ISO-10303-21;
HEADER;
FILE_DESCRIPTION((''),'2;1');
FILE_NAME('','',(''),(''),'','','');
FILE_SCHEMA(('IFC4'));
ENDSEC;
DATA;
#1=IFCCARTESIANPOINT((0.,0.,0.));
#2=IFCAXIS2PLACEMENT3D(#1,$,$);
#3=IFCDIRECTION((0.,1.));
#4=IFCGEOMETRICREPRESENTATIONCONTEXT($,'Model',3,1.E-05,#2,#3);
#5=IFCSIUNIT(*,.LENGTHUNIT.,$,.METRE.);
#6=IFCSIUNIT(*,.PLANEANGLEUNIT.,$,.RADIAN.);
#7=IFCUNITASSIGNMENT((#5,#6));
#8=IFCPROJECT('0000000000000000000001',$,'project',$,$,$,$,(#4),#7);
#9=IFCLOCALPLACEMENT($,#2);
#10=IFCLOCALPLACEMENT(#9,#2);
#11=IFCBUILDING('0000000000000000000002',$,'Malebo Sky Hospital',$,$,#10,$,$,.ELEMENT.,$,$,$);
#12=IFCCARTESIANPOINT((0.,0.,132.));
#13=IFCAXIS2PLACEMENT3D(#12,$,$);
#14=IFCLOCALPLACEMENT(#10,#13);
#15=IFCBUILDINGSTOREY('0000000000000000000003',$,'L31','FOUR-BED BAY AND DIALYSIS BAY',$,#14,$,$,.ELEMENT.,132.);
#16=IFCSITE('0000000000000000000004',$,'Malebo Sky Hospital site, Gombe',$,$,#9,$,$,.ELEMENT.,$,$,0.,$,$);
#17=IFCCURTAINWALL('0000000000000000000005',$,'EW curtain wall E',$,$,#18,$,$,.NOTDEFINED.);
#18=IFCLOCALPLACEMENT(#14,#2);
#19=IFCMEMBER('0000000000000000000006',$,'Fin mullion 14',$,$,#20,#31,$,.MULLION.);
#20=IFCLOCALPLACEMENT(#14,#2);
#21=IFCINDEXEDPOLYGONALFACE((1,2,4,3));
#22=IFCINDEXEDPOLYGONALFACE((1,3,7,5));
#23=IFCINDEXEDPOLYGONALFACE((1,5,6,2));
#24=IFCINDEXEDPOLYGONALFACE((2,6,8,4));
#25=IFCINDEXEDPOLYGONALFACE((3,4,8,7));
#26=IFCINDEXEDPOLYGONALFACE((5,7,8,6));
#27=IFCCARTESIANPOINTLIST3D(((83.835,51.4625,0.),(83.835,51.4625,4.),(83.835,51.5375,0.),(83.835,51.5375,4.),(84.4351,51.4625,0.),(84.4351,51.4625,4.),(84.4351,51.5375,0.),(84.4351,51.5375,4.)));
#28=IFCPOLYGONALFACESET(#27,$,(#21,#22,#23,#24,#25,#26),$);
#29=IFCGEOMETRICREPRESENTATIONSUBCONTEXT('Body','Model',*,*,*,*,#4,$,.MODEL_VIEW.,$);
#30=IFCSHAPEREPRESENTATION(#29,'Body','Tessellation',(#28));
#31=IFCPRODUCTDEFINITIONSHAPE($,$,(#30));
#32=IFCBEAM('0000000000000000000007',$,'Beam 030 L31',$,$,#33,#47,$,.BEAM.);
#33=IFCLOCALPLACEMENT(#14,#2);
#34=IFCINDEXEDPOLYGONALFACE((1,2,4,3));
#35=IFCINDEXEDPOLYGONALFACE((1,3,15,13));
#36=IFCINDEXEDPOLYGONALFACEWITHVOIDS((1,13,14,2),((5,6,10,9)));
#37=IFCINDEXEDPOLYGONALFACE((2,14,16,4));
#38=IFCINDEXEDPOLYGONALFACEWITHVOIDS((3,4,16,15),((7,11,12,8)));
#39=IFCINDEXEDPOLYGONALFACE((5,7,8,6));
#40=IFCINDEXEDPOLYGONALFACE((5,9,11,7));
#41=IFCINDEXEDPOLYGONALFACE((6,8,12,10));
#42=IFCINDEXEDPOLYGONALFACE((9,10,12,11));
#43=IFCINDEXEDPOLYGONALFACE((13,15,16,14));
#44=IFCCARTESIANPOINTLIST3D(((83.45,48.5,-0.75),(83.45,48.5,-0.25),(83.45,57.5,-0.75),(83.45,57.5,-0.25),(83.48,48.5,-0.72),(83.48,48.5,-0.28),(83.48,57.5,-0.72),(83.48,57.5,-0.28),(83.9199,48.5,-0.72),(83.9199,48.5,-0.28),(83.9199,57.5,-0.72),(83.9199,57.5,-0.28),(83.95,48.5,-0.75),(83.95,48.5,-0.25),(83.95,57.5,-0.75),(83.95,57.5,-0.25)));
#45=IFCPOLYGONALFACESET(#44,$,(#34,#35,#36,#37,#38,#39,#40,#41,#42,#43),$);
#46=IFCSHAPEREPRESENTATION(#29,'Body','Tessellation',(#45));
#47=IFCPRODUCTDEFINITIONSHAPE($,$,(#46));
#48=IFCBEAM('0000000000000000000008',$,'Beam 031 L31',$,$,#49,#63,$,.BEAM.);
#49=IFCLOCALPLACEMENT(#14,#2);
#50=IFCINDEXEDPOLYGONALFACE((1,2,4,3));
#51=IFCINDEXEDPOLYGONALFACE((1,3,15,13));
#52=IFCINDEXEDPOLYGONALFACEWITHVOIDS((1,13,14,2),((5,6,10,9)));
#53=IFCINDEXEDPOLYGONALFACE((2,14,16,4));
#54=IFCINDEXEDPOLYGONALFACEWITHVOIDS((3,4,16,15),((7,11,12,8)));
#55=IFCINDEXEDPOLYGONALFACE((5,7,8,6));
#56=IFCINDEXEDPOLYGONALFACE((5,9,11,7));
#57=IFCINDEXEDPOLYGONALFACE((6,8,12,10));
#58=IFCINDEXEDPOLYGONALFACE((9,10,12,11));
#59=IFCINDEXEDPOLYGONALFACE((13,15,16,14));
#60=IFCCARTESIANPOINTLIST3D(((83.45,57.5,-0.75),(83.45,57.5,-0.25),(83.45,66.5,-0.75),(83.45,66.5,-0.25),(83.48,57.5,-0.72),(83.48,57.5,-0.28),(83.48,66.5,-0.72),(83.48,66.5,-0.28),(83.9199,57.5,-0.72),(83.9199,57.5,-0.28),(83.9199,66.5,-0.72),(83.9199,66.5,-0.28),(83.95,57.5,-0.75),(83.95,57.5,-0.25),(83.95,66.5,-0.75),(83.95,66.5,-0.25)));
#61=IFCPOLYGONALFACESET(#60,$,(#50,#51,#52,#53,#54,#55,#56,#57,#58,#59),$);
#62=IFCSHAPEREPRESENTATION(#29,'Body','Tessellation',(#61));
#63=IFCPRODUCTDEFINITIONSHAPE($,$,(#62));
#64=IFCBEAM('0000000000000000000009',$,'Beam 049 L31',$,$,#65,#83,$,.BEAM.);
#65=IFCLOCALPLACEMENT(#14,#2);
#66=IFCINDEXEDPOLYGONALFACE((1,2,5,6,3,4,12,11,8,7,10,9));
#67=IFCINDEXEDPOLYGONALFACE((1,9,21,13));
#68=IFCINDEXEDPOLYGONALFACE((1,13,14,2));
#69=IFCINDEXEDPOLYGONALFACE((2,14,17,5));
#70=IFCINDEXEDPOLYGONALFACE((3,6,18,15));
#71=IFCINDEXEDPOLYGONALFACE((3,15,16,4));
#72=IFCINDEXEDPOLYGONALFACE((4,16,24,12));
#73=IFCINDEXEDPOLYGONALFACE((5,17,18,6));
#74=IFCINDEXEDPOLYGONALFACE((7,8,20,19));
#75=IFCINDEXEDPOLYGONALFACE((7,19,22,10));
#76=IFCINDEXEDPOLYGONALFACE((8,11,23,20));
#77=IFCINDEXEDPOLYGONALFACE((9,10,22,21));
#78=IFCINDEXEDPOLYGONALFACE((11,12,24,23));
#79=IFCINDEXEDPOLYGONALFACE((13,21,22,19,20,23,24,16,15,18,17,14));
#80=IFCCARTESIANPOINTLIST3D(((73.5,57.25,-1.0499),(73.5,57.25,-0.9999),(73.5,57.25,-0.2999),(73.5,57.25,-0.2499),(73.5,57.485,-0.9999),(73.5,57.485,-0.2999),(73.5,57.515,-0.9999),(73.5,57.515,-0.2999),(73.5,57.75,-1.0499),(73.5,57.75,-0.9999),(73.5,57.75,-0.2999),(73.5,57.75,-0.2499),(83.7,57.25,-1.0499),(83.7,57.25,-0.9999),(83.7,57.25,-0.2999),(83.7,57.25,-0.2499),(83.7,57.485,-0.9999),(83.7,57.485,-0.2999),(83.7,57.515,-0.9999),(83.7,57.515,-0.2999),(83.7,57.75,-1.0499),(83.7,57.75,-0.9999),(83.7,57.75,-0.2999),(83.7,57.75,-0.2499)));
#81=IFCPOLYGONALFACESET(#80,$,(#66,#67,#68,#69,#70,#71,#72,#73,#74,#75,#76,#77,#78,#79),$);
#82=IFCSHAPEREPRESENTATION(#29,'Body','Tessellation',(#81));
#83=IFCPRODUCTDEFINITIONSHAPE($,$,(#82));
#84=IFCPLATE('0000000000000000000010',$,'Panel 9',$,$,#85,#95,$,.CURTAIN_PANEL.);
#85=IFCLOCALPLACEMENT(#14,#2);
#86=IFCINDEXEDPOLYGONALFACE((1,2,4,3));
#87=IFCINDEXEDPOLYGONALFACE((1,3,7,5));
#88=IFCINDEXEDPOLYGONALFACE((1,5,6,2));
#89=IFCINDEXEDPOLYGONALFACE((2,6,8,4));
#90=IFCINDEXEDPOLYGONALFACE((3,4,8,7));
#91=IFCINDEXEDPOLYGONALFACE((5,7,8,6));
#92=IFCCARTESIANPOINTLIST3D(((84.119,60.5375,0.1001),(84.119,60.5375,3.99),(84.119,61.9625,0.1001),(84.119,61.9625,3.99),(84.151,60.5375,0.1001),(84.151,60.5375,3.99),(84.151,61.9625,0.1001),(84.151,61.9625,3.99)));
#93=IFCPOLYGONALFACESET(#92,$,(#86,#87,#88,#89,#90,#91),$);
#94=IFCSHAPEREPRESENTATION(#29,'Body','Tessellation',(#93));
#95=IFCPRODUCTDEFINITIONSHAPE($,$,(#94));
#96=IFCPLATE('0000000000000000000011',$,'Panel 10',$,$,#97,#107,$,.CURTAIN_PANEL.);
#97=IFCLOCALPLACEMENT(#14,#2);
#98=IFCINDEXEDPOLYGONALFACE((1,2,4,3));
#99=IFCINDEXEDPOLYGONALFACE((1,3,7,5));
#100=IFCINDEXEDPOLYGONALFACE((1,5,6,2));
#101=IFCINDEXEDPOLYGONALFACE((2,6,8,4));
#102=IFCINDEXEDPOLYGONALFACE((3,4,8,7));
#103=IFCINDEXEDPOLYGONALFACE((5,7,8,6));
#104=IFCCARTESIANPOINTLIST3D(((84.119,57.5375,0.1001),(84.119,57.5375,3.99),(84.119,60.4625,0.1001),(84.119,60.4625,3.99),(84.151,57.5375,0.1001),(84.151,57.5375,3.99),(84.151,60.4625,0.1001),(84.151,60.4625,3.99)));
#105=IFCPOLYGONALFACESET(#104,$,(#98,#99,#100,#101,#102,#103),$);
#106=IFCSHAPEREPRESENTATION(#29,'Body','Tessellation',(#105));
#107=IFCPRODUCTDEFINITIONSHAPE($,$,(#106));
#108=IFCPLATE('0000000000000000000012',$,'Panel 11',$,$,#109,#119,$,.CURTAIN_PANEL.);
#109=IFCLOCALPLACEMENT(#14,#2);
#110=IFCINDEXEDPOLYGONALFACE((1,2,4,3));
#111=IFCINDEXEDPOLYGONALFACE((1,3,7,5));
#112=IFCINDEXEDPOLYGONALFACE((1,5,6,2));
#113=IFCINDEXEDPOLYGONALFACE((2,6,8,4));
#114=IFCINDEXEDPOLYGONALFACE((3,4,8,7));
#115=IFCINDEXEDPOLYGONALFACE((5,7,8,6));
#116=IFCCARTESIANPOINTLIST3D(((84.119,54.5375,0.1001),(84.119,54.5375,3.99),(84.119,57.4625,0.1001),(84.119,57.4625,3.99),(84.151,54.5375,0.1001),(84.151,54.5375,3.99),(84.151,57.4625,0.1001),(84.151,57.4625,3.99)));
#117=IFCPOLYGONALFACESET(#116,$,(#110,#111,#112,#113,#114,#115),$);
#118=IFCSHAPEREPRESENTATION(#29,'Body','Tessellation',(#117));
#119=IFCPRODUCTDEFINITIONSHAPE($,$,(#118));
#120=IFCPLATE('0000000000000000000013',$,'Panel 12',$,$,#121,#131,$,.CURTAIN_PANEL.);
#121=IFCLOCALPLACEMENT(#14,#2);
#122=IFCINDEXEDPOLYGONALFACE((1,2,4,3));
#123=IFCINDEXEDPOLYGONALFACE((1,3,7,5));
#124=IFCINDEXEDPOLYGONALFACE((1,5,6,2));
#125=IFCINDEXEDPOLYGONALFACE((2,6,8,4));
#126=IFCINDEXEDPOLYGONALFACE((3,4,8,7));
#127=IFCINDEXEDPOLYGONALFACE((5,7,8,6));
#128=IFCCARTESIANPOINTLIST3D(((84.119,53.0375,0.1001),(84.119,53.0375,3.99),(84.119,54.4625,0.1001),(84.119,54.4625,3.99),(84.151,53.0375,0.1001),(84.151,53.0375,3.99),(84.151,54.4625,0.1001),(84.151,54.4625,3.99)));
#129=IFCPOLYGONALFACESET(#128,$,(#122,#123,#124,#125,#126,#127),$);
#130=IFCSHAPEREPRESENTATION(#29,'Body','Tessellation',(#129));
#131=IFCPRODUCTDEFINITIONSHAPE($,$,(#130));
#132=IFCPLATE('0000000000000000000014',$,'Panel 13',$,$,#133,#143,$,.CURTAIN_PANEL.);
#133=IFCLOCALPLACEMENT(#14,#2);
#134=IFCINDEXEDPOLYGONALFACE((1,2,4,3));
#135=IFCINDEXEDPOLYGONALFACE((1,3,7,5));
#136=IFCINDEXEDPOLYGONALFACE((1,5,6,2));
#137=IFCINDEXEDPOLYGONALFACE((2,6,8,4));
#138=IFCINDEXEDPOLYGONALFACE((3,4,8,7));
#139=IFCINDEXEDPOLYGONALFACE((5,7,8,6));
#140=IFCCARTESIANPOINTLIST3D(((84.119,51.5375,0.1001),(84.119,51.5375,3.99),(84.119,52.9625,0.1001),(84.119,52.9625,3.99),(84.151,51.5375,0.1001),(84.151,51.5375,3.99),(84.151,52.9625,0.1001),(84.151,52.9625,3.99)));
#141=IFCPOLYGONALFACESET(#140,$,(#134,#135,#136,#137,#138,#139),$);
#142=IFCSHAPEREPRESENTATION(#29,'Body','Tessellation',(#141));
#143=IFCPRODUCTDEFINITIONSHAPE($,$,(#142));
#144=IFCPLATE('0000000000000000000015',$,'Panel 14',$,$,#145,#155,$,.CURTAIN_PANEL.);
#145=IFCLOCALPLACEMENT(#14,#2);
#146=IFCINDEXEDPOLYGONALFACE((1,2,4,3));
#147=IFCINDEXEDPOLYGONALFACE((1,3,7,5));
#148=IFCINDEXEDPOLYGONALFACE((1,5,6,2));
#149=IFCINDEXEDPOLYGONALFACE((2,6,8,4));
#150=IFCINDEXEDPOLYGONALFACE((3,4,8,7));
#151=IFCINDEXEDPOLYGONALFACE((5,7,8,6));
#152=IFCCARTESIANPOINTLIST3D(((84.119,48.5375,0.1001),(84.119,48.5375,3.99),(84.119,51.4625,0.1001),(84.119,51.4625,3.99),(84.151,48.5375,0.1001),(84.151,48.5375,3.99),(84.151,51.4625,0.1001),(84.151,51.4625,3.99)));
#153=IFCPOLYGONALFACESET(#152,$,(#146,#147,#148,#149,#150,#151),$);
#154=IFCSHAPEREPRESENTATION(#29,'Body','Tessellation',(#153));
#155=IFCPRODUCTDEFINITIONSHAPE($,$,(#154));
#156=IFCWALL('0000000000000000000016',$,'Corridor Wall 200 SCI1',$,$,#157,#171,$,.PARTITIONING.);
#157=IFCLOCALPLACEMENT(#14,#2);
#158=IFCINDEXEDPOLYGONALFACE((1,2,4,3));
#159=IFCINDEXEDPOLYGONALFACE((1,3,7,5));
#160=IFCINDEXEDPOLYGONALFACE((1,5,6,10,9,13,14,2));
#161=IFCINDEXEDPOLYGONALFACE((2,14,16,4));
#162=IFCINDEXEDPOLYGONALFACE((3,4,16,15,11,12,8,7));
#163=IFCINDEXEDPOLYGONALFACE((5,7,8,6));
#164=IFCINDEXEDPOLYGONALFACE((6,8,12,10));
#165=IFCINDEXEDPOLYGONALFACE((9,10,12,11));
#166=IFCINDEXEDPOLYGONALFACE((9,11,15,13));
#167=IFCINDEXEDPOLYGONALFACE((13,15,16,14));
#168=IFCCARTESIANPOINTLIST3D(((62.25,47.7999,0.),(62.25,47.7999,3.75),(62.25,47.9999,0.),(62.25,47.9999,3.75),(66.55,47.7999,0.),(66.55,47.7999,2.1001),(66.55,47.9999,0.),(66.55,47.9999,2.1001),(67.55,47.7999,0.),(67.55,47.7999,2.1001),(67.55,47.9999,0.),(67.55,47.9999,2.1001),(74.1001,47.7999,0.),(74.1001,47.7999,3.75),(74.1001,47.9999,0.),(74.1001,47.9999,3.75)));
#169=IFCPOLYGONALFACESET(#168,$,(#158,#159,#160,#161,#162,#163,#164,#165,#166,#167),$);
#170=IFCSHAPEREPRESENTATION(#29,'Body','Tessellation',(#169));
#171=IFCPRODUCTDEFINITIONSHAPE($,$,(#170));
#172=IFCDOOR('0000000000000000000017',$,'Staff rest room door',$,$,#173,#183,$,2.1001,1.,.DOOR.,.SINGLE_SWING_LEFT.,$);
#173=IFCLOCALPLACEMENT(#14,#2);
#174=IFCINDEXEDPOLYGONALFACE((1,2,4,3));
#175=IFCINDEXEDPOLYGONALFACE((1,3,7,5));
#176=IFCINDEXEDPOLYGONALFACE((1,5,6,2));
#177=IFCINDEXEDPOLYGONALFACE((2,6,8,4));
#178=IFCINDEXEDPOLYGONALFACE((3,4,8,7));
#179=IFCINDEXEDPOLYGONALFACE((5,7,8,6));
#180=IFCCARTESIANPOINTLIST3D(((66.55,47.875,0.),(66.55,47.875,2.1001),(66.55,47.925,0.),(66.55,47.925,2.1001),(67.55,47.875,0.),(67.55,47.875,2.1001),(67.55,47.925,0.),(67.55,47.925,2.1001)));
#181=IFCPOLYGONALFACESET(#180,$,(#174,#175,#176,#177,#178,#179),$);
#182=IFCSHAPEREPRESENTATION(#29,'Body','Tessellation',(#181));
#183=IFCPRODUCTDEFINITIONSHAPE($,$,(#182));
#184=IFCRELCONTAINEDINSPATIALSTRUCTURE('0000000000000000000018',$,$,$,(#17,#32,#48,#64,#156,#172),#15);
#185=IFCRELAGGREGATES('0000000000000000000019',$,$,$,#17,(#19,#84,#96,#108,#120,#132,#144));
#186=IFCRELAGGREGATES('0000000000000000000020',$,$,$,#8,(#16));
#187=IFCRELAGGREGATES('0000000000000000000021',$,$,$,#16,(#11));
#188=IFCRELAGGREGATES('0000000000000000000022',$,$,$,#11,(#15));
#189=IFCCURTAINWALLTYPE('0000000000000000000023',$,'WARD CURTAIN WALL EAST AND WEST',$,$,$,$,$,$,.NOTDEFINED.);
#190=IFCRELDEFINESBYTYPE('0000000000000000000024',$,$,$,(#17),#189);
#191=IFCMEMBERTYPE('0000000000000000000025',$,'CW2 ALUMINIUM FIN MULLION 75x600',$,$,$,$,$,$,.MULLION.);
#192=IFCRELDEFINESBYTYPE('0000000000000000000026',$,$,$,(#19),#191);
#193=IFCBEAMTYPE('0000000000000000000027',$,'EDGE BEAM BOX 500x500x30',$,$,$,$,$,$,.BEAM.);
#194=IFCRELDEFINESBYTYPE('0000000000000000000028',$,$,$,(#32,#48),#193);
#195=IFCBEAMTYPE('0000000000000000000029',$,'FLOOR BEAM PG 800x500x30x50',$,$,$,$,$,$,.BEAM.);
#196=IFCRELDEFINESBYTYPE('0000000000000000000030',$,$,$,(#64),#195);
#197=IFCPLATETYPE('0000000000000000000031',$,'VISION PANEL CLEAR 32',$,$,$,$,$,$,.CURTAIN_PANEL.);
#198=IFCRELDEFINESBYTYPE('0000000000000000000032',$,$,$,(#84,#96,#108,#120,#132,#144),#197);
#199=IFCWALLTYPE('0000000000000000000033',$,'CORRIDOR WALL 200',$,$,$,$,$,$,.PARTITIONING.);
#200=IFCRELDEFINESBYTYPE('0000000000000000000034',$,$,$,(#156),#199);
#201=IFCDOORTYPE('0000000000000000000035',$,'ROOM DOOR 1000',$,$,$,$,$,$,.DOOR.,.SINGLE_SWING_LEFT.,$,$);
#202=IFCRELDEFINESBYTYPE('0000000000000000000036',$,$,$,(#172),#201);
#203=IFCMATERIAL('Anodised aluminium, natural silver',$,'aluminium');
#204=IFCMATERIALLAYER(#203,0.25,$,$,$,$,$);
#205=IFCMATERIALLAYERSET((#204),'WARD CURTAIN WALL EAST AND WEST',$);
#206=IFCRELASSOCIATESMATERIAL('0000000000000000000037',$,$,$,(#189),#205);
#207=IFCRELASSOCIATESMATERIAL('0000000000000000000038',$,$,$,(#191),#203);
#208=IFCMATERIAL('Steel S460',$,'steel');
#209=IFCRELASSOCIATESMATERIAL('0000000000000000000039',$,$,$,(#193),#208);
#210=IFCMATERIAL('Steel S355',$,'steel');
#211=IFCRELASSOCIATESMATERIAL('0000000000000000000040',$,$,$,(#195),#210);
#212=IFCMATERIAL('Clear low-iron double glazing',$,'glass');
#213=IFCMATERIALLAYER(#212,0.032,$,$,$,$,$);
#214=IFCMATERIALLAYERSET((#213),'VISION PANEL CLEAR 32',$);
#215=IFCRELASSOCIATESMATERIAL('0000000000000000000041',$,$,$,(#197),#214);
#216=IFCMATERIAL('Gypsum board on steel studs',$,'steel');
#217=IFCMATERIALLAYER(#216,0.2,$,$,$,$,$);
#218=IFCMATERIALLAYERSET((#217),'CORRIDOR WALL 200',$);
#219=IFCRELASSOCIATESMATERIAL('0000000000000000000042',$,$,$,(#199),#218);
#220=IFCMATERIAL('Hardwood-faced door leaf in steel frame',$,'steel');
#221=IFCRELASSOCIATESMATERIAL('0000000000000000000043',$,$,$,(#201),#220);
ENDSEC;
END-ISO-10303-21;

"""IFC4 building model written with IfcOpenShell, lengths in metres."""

from ifc_helpers import new_model, si_unit, direction, frame, frame_2d, origin, origin_2d, place, context, subcontext, project, spatial, rectangle, hollow_rectangle, i_section, extrude, material, layer, layer_set, material_profile, profile_set, type_object, element, fill, aggregate, save


model = new_model("IFC4")

# Units and contexts
model_context = context("Model", 3, precision=1e-05, world=origin(), true_north=direction((0.0, 1.0)))
body_context = subcontext(model_context, "Body", "Model", "MODEL_VIEW")
ifc_project = project(units=[si_unit("LENGTHUNIT", "METRE"), si_unit("PLANEANGLEUNIT", "RADIAN")], contexts=[model_context])

# Site, building, storey
site_placement = place(None, origin())
site = spatial("IfcSite", under=ifc_project, at=site_placement, Name="Malebo Sky Hospital site, Gombe", CompositionType="ELEMENT", RefElevation=0.0)
building_placement = place(site_placement, origin())
building = spatial("IfcBuilding", under=site, at=building_placement, Name="Malebo Sky Hospital", CompositionType="ELEMENT")
storey_placement = place(building_placement, frame((0.0, 0.0, 132.0)))
storey = spatial("IfcBuildingStorey", under=building, at=storey_placement, Name="L31", Description="FOUR-BED BAY AND DIALYSIS BAY", CompositionType="ELEMENT", Elevation=132.0)

# Shared definitions
ifc_material_1 = material(Name="Steel S460", Category="steel")

# Curtain wall, member
ifc_material_2 = material(Name="Anodised aluminium, natural silver", Category="aluminium")
ifc_layer_1 = layer(ifc_material_2, 0.25)
ifc_layer_set_1 = layer_set([ifc_layer_1], Name="WARD CURTAIN WALL EAST AND WEST")
curtain_wall_type = type_object("IfcCurtainWallType", Name="WARD CURTAIN WALL EAST AND WEST", PredefinedType="NOTDEFINED", material=ifc_layer_set_1)
curtain_wall_placement = place(storey_placement, origin())
curtain_wall = element("IfcCurtainWall", 1, at=curtain_wall_placement, inside=storey, type_object=curtain_wall_type, Name="EW curtain wall E", PredefinedType="NOTDEFINED")
ifc_material_profile_1 = material_profile(ifc_material_2, rectangle(XDim=0.075, YDim=0.6001, at=origin_2d()), Name="CW2 ALUMINIUM FIN MULLION 75x600")
ifc_profile_set_1 = profile_set([ifc_material_profile_1], Name="Anodised aluminium, natural silver")
member_type_1 = type_object("IfcMemberType", Name="CW2 ALUMINIUM FIN MULLION 75x600", PredefinedType="MULLION", material=ifc_profile_set_1)
member_1_placement = place(storey_placement, frame((84.135, 51.5, 0.0), z_axis=(0.0, 0.0, 1.0), x_axis=(0.0, -1.0, 0.0)))
member_1 = element("IfcMember", 2, at=member_1_placement, type_object=member_type_1, Name="Fin mullion 14", PredefinedType="MULLION", context=body_context, shape_type="SweptSolid", body=[
    extrude(rectangle(XDim=0.075, YDim=0.6001, at=origin_2d()), origin(), (0.0, 0.0, 1.0), 4.0),
])

# Beams
ifc_material_profile_2 = material_profile(ifc_material_1, hollow_rectangle(XDim=0.5, YDim=0.5, WallThickness=0.03, at=origin_2d()), Name="BOX 500x500x30")
ifc_profile_set_2 = profile_set([ifc_material_profile_2], Name="Steel S460")
beam_type_1 = type_object("IfcBeamType", Name="EDGE BEAM BOX 500x500x30", PredefinedType="BEAM", material=ifc_profile_set_2)
for number, where, z_axis, x_axis, name in (
    (3, (83.7, 48.5, -0.5), (0.0, 1.0, 0.0), (-1.0, 0.0, 0.0), "Beam 030 L31"),
    (4, (83.7, 57.5, -0.5), (0.0, 1.0, 0.0), (-1.0, 0.0, 0.0), "Beam 031 L31"),
):
    element("IfcBeam", number, at=place(storey_placement, frame(where, z_axis=z_axis, x_axis=x_axis)), inside=storey, type_object=beam_type_1, Name=name, PredefinedType="BEAM", context=body_context, shape_type="SweptSolid", body=[
        extrude(hollow_rectangle(XDim=0.5, YDim=0.5, WallThickness=0.03, at=origin_2d()), origin(), (0.0, 0.0, 1.0), 9.0),
    ])
ifc_material_3 = material(Name="Steel S355", Category="steel")
ifc_material_profile_3 = material_profile(ifc_material_3, i_section(OverallWidth=0.5, OverallDepth=0.8, WebThickness=0.03, FlangeThickness=0.05, at=origin_2d()), Name="PG 800x500x30x50")
ifc_profile_set_3 = profile_set([ifc_material_profile_3], Name="Steel S355")
beam_type_2 = type_object("IfcBeamType", Name="FLOOR BEAM PG 800x500x30x50", PredefinedType="BEAM", material=ifc_profile_set_3)
beam_placement = place(storey_placement, frame((73.5, 57.5, -0.6499), z_axis=(1.0, 0.0, 0.0), x_axis=(0.0, 1.0, 0.0)))
element("IfcBeam", 5, at=beam_placement, inside=storey, type_object=beam_type_2, Name="Beam 049 L31", PredefinedType="BEAM", context=body_context, shape_type="SweptSolid", body=[
    extrude(i_section(OverallWidth=0.5, OverallDepth=0.8, WebThickness=0.03, FlangeThickness=0.05, at=origin_2d()), origin(), (0.0, 0.0, 1.0), 10.2),
])

# Plates
ifc_material_4 = material(Name="Clear low-iron double glazing", Category="glass")
ifc_layer_2 = layer(ifc_material_4, 0.032)
ifc_layer_set_2 = layer_set([ifc_layer_2], Name="VISION PANEL CLEAR 32")
plate_type = type_object("IfcPlateType", Name="VISION PANEL CLEAR 32", PredefinedType="CURTAIN_PANEL", material=ifc_layer_set_2)
plate_1_placement = place(storey_placement, frame((84.135, 61.25, 0.1001), z_axis=(0.0, 0.0, 1.0), x_axis=(0.0, -1.0, 0.0)))
plate_1 = element("IfcPlate", 6, at=plate_1_placement, type_object=plate_type, Name="Panel 9", PredefinedType="CURTAIN_PANEL", context=body_context, shape_type="SweptSolid", body=[
    extrude(rectangle(XDim=1.425, YDim=0.032, at=origin_2d()), origin(), (0.0, 0.0, 1.0), 3.8899),
])
plate_2_placement = place(storey_placement, frame((84.135, 59.0, 0.1001), z_axis=(0.0, 0.0, 1.0), x_axis=(0.0, -1.0, 0.0)))
plate_2 = element("IfcPlate", 7, at=plate_2_placement, type_object=plate_type, Name="Panel 10", PredefinedType="CURTAIN_PANEL", context=body_context, shape_type="SweptSolid", body=[
    extrude(rectangle(XDim=2.925, YDim=0.032, at=origin_2d()), origin(), (0.0, 0.0, 1.0), 3.8899),
])
plate_3_placement = place(storey_placement, frame((84.135, 56.0, 0.1001), z_axis=(0.0, 0.0, 1.0), x_axis=(0.0, -1.0, 0.0)))
plate_3 = element("IfcPlate", 8, at=plate_3_placement, type_object=plate_type, Name="Panel 11", PredefinedType="CURTAIN_PANEL", context=body_context, shape_type="SweptSolid", body=[
    extrude(rectangle(XDim=2.925, YDim=0.032, at=origin_2d()), origin(), (0.0, 0.0, 1.0), 3.8899),
])
plate_4_placement = place(storey_placement, frame((84.135, 53.75, 0.1001), z_axis=(0.0, 0.0, 1.0), x_axis=(0.0, -1.0, 0.0)))
plate_4 = element("IfcPlate", 9, at=plate_4_placement, type_object=plate_type, Name="Panel 12", PredefinedType="CURTAIN_PANEL", context=body_context, shape_type="SweptSolid", body=[
    extrude(rectangle(XDim=1.425, YDim=0.032, at=origin_2d()), origin(), (0.0, 0.0, 1.0), 3.8899),
])
plate_5_placement = place(storey_placement, frame((84.135, 52.25, 0.1001), z_axis=(0.0, 0.0, 1.0), x_axis=(0.0, -1.0, 0.0)))
plate_5 = element("IfcPlate", 10, at=plate_5_placement, type_object=plate_type, Name="Panel 13", PredefinedType="CURTAIN_PANEL", context=body_context, shape_type="SweptSolid", body=[
    extrude(rectangle(XDim=1.425, YDim=0.032, at=origin_2d()), origin(), (0.0, 0.0, 1.0), 3.8899),
])
plate_6_placement = place(storey_placement, frame((84.135, 50.0, 0.1001), z_axis=(0.0, 0.0, 1.0), x_axis=(0.0, -1.0, 0.0)))
plate_6 = element("IfcPlate", 11, at=plate_6_placement, type_object=plate_type, Name="Panel 14", PredefinedType="CURTAIN_PANEL", context=body_context, shape_type="SweptSolid", body=[
    extrude(rectangle(XDim=2.925, YDim=0.032, at=origin_2d()), origin(), (0.0, 0.0, 1.0), 3.8899),
])
aggregate(curtain_wall, [member_1, plate_1, plate_2, plate_3, plate_4, plate_5, plate_6])

# Wall, opening, door
ifc_material_5 = material(Name="Gypsum board on steel studs", Category="steel")
ifc_layer_3 = layer(ifc_material_5, 0.2)
ifc_layer_set_3 = layer_set([ifc_layer_3], Name="CORRIDOR WALL 200")
wall_type_1 = type_object("IfcWallType", Name="CORRIDOR WALL 200", PredefinedType="PARTITIONING", material=ifc_layer_set_3)
wall_1_placement = place(storey_placement, frame((74.1001, 47.8999, 0.0), z_axis=(0.0, 0.0, 1.0), x_axis=(-1.0, 0.0, 0.0)))
wall_1 = element("IfcWall", 12, at=wall_1_placement, inside=storey, type_object=wall_type_1, Name="Corridor Wall 200 SCI1", PredefinedType="PARTITIONING", context=body_context, shape_type="SweptSolid", body=[
    extrude(rectangle(XDim=11.8501, YDim=0.2, at=frame_2d((5.925, 0.0))), origin(), (0.0, 0.0, 1.0), 3.75),
])
opening_1_placement = place(wall_1_placement, frame((6.55, 0.0, 0.0)))
opening_1 = element("IfcOpeningElement", 13, at=opening_1_placement, cuts=wall_1, PredefinedType="OPENING", context=body_context, shape_type="SweptSolid", body=[
    extrude(rectangle(XDim=1.0, YDim=2.1001, at=frame_2d((0.5, 1.05))), frame((0.0, 0.1099, 0.0), z_axis=(0.0, -1.0, 0.0), x_axis=(1.0, 0.0, 0.0)), (0.0, 0.0, 1.0), 0.22),
])
ifc_material_6 = material(Name="Hardwood-faced door leaf in steel frame", Category="steel")
door_type_1 = type_object("IfcDoorType", Name="ROOM DOOR 1000", OperationType="SINGLE_SWING_LEFT", PredefinedType="DOOR", material=ifc_material_6)
door_1_placement = place(opening_1_placement, origin())
door_1 = element("IfcDoor", 14, at=door_1_placement, inside=storey, type_object=door_type_1, Name="Staff rest room door", OperationType="SINGLE_SWING_LEFT", OverallHeight=2.1001, OverallWidth=1.0, PredefinedType="DOOR", context=body_context, shape_type="SweptSolid", body=[
    extrude(rectangle(XDim=1.0, YDim=2.1001, at=frame_2d((0.5, 1.05))), frame((0.0, 0.0249, 0.0), z_axis=(0.0, -1.0, 0.0), x_axis=(1.0, 0.0, 0.0)), (0.0, 0.0, 1.0), 0.05),
])
fill(opening_1, door_1)

save(model, "model.ifc")
